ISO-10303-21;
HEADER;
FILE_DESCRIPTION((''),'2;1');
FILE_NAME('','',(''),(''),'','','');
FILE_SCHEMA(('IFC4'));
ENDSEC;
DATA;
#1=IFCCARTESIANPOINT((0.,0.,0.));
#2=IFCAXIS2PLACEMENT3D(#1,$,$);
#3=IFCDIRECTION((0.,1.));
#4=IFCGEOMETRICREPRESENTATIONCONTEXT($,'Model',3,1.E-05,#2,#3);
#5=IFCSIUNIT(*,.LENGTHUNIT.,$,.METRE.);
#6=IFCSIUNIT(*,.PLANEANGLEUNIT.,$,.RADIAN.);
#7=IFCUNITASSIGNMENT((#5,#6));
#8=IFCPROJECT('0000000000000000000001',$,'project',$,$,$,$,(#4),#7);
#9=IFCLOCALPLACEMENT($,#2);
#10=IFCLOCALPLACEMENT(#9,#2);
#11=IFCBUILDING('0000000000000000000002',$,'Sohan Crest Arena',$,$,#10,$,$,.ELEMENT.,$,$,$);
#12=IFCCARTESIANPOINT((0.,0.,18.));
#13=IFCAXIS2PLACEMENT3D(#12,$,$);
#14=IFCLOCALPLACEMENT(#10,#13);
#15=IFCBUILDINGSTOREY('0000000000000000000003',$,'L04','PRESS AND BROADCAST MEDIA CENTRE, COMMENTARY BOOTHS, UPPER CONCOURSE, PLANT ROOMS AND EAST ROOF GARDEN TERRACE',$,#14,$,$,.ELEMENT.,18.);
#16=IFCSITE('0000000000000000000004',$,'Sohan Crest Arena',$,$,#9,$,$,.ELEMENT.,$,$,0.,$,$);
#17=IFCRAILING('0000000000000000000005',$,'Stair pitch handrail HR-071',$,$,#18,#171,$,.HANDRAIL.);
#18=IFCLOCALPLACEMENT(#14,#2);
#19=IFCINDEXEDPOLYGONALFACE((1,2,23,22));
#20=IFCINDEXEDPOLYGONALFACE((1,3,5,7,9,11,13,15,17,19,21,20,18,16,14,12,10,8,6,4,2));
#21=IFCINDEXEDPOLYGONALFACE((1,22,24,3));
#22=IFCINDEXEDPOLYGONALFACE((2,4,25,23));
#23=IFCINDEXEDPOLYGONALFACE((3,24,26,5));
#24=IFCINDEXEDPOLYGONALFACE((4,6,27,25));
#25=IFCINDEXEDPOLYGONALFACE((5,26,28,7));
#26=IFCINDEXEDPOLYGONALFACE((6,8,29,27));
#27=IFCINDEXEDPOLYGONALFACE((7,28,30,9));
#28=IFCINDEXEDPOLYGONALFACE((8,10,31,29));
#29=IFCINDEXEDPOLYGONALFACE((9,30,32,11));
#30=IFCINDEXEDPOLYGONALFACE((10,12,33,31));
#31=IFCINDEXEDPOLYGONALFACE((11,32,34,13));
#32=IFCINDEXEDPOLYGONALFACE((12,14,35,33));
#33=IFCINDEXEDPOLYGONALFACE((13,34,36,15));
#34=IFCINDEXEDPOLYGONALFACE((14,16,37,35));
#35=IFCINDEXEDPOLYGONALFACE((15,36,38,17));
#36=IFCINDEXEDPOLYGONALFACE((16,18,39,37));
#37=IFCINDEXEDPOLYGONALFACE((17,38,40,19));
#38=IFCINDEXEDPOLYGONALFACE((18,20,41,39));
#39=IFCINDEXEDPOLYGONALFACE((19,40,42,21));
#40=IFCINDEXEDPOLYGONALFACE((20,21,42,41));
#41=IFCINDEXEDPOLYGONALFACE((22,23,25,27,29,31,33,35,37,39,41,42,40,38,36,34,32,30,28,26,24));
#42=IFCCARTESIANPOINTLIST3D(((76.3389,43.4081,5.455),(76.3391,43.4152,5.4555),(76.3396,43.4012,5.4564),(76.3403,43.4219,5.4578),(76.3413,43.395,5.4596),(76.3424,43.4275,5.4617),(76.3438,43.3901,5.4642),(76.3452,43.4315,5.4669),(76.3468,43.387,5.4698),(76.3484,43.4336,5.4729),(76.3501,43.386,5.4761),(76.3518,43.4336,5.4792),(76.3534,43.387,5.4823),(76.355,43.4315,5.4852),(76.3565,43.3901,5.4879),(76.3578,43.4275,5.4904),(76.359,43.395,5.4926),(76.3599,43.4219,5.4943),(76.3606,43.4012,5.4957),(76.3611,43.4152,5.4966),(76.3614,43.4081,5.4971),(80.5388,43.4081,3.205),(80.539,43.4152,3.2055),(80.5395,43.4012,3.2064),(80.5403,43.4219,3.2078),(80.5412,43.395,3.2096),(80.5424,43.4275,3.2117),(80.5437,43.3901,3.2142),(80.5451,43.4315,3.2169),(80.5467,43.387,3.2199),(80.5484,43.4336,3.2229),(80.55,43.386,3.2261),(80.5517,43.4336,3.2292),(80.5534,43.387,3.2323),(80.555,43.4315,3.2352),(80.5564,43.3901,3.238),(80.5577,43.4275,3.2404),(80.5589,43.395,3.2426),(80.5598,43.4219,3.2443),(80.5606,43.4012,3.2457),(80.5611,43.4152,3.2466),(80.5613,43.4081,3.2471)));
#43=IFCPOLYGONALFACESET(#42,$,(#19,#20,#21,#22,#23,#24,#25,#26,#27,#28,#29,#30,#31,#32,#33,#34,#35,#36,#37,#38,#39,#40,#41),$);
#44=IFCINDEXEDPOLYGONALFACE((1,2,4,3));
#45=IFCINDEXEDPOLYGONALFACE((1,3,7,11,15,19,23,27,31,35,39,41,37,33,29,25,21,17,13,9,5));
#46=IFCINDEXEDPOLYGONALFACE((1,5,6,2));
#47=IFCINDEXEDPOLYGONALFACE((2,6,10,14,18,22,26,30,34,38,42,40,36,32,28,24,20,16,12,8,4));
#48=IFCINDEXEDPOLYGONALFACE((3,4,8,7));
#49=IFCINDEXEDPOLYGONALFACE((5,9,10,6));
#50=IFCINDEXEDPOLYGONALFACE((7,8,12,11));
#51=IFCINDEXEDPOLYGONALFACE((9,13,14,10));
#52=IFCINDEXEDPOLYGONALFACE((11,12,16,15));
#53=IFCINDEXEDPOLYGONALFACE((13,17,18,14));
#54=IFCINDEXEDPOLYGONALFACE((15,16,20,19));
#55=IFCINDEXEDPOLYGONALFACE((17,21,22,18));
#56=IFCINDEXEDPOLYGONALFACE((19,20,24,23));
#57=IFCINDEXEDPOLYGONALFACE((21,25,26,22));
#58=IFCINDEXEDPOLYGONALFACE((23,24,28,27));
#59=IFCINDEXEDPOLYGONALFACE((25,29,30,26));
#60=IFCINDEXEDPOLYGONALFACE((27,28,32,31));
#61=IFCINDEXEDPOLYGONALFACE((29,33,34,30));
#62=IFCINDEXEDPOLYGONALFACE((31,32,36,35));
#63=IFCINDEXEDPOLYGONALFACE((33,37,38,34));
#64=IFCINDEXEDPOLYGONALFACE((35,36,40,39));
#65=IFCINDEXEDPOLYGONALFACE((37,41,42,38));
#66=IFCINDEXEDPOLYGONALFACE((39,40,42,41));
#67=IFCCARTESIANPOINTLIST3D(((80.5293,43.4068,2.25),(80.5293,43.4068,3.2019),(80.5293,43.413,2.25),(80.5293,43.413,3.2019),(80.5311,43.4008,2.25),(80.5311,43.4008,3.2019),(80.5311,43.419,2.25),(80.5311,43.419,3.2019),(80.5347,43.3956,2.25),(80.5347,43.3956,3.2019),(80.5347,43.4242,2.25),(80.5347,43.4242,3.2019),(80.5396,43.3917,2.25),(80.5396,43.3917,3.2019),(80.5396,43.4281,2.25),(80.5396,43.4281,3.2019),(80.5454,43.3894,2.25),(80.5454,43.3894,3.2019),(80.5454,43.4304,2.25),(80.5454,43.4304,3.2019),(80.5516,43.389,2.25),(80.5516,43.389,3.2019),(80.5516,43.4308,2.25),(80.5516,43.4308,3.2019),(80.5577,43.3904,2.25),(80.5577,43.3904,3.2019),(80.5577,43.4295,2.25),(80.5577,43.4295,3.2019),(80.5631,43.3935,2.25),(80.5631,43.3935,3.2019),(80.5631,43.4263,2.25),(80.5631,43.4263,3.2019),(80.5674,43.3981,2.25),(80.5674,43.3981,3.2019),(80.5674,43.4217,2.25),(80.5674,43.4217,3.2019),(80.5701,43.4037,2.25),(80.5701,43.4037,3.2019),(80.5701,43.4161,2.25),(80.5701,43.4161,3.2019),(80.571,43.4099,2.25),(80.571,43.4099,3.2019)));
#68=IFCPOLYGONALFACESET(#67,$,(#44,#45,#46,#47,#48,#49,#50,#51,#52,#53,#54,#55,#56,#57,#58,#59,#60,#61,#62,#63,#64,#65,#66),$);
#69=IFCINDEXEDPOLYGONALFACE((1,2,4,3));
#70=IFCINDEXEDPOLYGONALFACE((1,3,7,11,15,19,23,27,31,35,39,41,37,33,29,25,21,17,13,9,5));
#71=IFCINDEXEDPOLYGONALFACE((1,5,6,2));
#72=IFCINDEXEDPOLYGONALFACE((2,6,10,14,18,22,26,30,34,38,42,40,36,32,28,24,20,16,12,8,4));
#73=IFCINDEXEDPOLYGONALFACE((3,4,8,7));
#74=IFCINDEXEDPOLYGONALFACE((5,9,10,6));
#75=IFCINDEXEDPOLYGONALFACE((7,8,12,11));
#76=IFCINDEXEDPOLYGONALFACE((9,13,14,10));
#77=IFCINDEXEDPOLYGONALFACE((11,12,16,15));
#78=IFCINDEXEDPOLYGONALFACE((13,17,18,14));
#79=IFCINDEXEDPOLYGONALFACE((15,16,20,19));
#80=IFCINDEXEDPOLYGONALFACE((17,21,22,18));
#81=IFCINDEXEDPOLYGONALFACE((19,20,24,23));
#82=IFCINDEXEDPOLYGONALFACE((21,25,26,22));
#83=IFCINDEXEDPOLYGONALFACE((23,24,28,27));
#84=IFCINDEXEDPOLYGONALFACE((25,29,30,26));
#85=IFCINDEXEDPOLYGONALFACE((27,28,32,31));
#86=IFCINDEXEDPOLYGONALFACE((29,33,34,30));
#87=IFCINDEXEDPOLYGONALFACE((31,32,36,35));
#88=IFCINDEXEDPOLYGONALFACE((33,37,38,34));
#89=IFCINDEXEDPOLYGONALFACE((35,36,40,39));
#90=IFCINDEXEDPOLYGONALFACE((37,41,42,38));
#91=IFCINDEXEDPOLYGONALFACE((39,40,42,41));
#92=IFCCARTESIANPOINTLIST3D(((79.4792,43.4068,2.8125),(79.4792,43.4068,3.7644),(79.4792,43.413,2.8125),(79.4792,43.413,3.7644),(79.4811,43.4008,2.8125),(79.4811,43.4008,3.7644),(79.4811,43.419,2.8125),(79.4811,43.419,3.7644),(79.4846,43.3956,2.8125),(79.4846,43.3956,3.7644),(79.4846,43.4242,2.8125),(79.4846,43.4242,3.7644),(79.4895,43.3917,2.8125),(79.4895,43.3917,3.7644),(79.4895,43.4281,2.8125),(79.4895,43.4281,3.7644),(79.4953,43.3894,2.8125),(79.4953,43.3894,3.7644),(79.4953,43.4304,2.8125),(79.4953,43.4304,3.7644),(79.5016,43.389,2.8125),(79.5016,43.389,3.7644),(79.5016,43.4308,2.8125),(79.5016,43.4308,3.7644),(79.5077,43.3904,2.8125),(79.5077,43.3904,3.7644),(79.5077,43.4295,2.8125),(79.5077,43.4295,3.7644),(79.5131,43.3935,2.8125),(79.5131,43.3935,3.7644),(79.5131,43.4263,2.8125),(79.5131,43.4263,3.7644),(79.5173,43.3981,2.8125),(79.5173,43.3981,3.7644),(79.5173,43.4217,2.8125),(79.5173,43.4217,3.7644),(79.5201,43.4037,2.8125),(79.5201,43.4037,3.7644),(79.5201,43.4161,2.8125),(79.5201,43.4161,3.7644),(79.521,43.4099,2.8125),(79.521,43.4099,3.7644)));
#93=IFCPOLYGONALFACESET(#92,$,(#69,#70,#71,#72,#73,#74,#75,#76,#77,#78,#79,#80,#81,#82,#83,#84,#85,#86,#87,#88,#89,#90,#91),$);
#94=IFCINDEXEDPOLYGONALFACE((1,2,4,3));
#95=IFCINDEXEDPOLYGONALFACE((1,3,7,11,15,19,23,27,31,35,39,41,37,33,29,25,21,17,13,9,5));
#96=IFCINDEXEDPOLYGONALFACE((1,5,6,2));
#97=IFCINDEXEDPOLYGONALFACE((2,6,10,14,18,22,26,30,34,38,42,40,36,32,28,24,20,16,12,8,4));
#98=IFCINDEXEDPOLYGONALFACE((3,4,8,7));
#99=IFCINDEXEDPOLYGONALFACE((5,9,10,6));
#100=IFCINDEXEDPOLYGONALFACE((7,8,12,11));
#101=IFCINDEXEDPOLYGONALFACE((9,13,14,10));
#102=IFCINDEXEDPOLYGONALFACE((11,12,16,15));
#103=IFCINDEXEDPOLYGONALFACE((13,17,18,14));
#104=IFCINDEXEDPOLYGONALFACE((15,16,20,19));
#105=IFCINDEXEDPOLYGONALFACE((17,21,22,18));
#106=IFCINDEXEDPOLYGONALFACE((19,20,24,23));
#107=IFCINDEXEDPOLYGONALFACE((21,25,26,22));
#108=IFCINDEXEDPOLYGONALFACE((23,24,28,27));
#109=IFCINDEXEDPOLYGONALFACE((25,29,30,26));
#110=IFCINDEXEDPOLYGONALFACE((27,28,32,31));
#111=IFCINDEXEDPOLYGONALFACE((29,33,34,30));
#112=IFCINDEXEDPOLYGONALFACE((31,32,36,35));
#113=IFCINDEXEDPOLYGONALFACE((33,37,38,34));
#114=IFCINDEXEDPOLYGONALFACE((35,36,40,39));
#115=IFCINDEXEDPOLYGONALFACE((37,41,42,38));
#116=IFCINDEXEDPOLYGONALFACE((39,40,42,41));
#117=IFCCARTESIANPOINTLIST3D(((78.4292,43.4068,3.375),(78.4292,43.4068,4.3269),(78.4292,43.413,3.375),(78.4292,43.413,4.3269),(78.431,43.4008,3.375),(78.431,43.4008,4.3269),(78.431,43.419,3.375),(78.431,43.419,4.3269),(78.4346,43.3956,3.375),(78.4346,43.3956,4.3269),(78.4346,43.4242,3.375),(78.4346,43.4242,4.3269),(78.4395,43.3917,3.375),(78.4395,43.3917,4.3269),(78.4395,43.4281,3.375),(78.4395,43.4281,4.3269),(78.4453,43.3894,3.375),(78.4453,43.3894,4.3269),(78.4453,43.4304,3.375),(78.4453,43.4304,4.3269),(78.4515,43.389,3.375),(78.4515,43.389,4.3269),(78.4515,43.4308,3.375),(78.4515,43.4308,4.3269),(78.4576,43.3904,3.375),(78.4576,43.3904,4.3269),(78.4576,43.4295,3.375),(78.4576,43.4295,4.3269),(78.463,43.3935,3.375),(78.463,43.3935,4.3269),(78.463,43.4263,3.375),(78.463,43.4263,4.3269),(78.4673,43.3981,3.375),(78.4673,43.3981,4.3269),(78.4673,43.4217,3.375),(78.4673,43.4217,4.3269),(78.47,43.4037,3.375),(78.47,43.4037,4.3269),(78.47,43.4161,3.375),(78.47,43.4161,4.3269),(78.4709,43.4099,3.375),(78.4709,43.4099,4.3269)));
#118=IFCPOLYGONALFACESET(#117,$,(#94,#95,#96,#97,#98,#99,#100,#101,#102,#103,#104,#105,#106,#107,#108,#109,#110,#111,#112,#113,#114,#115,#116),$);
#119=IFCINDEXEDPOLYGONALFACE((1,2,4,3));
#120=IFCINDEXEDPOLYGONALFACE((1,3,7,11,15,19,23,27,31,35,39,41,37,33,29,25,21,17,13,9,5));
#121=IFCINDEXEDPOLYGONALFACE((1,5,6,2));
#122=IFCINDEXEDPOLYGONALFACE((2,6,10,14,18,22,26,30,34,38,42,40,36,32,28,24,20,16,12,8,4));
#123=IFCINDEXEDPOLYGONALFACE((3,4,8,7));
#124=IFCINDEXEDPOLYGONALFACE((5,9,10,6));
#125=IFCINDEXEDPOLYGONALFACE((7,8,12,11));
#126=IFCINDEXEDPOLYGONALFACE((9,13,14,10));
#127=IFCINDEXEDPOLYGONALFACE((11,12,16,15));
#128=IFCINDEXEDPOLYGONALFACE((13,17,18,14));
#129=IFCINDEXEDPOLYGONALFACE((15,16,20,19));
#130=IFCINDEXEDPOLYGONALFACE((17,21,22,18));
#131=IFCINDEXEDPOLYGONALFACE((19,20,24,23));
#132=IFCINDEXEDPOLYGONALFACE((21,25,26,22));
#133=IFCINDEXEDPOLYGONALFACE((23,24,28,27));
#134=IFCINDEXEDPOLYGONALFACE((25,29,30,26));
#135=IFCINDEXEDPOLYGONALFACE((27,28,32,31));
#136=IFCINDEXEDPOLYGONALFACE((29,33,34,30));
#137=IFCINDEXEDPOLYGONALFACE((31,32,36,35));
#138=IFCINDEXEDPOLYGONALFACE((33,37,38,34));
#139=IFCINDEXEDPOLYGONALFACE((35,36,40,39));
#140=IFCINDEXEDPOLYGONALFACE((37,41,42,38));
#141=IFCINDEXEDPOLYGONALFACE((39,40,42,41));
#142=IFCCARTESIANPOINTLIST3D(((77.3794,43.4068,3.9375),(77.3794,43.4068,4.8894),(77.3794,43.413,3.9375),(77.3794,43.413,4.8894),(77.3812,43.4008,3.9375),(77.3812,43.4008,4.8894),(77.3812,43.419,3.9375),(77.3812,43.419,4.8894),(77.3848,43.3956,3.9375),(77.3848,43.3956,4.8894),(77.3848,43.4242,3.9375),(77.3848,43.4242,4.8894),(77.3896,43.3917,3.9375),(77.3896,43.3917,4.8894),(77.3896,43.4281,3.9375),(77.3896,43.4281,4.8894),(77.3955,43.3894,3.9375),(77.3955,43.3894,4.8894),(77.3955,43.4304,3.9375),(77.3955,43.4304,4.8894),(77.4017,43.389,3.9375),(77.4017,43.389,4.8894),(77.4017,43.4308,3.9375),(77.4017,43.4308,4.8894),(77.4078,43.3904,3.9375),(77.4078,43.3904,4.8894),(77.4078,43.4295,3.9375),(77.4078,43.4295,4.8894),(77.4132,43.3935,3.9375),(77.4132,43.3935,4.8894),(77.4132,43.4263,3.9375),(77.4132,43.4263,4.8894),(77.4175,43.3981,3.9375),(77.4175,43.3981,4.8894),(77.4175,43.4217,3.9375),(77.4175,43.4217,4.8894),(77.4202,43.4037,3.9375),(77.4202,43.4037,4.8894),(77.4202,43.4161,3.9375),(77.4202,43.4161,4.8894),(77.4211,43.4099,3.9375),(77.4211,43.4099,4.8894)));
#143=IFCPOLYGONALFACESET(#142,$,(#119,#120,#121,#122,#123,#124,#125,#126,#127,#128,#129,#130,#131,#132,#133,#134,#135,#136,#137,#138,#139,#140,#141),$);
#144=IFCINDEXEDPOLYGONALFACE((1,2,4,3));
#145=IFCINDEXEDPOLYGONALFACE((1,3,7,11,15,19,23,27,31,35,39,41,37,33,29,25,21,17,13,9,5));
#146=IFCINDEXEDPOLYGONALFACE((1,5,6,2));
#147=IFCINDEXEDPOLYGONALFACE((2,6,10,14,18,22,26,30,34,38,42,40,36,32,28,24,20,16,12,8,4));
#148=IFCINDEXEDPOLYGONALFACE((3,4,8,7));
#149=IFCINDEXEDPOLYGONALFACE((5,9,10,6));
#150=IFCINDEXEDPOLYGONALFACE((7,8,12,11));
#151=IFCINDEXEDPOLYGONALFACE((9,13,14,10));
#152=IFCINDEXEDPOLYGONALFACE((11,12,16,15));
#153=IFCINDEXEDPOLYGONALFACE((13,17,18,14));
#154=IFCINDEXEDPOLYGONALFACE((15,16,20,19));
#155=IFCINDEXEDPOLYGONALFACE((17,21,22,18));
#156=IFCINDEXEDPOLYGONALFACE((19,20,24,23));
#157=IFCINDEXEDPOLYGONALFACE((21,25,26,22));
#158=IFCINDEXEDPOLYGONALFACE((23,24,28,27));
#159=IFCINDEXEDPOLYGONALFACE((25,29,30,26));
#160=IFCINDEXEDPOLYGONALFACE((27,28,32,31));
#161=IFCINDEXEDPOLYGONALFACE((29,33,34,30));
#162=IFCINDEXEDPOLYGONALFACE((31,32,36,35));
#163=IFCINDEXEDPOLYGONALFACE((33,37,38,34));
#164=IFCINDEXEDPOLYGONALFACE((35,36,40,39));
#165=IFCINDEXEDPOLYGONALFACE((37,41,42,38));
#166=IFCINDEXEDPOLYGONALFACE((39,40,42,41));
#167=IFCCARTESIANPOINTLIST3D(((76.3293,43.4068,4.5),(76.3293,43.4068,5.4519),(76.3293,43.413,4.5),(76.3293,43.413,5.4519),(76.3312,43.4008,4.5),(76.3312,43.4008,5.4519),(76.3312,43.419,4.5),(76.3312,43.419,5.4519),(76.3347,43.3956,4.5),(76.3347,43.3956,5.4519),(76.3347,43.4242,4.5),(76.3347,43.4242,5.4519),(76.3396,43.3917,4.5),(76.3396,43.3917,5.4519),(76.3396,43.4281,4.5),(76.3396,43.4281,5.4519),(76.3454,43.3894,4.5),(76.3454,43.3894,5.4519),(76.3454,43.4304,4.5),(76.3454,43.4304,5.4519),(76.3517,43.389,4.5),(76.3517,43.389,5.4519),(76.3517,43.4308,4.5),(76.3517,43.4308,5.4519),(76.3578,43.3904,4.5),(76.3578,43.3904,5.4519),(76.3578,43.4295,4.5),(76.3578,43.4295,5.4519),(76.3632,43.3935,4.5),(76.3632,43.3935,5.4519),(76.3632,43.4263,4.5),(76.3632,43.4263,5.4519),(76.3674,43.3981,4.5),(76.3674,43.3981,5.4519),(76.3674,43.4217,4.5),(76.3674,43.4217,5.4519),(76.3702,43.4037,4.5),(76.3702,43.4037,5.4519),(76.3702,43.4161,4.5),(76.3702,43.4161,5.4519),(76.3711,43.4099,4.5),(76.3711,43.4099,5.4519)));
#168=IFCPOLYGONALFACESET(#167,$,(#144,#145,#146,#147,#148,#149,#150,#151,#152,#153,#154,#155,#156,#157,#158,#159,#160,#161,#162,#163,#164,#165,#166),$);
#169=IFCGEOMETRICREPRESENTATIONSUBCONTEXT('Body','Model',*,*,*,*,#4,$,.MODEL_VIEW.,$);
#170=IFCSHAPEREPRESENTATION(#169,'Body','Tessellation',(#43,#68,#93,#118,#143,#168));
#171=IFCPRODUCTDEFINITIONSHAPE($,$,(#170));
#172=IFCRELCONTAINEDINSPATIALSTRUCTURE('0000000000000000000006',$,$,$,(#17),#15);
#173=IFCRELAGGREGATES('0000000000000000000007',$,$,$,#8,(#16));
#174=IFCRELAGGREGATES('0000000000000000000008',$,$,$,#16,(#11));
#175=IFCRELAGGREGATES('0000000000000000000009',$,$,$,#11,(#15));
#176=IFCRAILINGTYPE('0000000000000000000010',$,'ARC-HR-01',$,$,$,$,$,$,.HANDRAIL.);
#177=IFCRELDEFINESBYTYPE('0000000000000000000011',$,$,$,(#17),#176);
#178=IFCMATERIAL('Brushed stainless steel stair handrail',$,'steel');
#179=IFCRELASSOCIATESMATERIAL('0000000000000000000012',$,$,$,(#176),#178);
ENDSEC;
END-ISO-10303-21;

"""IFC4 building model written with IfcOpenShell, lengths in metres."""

from ifc_helpers import new_model, si_unit, direction, frame, origin, origin_2d, place, context, subcontext, project, spatial, circle, extrude, material, type_object, element, save


model = new_model("IFC4")

# Units and contexts
model_context = context("Model", 3, precision=1e-05, world=origin(), true_north=direction((0.0, 1.0)))
body_context = subcontext(model_context, "Body", "Model", "MODEL_VIEW")
ifc_project = project(units=[si_unit("LENGTHUNIT", "METRE"), si_unit("PLANEANGLEUNIT", "RADIAN")], contexts=[model_context])

# Site, building, storey
site_placement = place(None, origin())
site = spatial("IfcSite", under=ifc_project, at=site_placement, Name="Sohan Crest Arena", CompositionType="ELEMENT", RefElevation=0.0)
building_placement = place(site_placement, origin())
building = spatial("IfcBuilding", under=site, at=building_placement, Name="Sohan Crest Arena", CompositionType="ELEMENT")
storey_placement = place(building_placement, frame((0.0, 0.0, 18.0)))
storey = spatial("IfcBuildingStorey", under=building, at=storey_placement, Name="L04", Description="PRESS AND BROADCAST MEDIA CENTRE, COMMENTARY BOOTHS, UPPER CONCOURSE, PLANT ROOMS AND EAST ROOF GARDEN TERRACE", CompositionType="ELEMENT", Elevation=18.0)

# Railing
ifc_material_1 = material(Name="Brushed stainless steel stair handrail", Category="steel")
railing_type_1 = type_object("IfcRailingType", Name="ARC-HR-01", PredefinedType="HANDRAIL", material=ifc_material_1)
railing_1_placement = place(storey_placement, frame((80.55, 43.4099, 2.25)))
element("IfcRailing", 1, at=railing_1_placement, inside=storey, type_object=railing_type_1, Name="Stair pitch handrail HR-071", PredefinedType="HANDRAIL", context=body_context, shape_type="SweptSolid", body=[
    extrude(circle(Radius=0.0239, at=origin_2d()), frame((0.0, 0.0, 0.9761), z_axis=(-0.881478, 0.0, 0.472226), x_axis=(0.0, -1.0, 0.0)), (0.0, 0.0, 1.0), 4.7646),
    extrude(circle(Radius=0.021, at=origin_2d()), origin(), (0.0, 0.0, 1.0), 0.9519),
    extrude(circle(Radius=0.021, at=origin_2d()), frame((-1.05, 0.0, 0.5625)), (0.0, 0.0, 1.0), 0.9519),
    extrude(circle(Radius=0.021, at=origin_2d()), frame((-2.1001, 0.0, 1.125)), (0.0, 0.0, 1.0), 0.9519),
    extrude(circle(Radius=0.021, at=origin_2d()), frame((-3.1499, 0.0, 1.6875)), (0.0, 0.0, 1.0), 0.9519),
    extrude(circle(Radius=0.021, at=origin_2d()), frame((-4.2, 0.0, 2.25)), (0.0, 0.0, 1.0), 0.9519),
])

save(model, "model.ifc")
